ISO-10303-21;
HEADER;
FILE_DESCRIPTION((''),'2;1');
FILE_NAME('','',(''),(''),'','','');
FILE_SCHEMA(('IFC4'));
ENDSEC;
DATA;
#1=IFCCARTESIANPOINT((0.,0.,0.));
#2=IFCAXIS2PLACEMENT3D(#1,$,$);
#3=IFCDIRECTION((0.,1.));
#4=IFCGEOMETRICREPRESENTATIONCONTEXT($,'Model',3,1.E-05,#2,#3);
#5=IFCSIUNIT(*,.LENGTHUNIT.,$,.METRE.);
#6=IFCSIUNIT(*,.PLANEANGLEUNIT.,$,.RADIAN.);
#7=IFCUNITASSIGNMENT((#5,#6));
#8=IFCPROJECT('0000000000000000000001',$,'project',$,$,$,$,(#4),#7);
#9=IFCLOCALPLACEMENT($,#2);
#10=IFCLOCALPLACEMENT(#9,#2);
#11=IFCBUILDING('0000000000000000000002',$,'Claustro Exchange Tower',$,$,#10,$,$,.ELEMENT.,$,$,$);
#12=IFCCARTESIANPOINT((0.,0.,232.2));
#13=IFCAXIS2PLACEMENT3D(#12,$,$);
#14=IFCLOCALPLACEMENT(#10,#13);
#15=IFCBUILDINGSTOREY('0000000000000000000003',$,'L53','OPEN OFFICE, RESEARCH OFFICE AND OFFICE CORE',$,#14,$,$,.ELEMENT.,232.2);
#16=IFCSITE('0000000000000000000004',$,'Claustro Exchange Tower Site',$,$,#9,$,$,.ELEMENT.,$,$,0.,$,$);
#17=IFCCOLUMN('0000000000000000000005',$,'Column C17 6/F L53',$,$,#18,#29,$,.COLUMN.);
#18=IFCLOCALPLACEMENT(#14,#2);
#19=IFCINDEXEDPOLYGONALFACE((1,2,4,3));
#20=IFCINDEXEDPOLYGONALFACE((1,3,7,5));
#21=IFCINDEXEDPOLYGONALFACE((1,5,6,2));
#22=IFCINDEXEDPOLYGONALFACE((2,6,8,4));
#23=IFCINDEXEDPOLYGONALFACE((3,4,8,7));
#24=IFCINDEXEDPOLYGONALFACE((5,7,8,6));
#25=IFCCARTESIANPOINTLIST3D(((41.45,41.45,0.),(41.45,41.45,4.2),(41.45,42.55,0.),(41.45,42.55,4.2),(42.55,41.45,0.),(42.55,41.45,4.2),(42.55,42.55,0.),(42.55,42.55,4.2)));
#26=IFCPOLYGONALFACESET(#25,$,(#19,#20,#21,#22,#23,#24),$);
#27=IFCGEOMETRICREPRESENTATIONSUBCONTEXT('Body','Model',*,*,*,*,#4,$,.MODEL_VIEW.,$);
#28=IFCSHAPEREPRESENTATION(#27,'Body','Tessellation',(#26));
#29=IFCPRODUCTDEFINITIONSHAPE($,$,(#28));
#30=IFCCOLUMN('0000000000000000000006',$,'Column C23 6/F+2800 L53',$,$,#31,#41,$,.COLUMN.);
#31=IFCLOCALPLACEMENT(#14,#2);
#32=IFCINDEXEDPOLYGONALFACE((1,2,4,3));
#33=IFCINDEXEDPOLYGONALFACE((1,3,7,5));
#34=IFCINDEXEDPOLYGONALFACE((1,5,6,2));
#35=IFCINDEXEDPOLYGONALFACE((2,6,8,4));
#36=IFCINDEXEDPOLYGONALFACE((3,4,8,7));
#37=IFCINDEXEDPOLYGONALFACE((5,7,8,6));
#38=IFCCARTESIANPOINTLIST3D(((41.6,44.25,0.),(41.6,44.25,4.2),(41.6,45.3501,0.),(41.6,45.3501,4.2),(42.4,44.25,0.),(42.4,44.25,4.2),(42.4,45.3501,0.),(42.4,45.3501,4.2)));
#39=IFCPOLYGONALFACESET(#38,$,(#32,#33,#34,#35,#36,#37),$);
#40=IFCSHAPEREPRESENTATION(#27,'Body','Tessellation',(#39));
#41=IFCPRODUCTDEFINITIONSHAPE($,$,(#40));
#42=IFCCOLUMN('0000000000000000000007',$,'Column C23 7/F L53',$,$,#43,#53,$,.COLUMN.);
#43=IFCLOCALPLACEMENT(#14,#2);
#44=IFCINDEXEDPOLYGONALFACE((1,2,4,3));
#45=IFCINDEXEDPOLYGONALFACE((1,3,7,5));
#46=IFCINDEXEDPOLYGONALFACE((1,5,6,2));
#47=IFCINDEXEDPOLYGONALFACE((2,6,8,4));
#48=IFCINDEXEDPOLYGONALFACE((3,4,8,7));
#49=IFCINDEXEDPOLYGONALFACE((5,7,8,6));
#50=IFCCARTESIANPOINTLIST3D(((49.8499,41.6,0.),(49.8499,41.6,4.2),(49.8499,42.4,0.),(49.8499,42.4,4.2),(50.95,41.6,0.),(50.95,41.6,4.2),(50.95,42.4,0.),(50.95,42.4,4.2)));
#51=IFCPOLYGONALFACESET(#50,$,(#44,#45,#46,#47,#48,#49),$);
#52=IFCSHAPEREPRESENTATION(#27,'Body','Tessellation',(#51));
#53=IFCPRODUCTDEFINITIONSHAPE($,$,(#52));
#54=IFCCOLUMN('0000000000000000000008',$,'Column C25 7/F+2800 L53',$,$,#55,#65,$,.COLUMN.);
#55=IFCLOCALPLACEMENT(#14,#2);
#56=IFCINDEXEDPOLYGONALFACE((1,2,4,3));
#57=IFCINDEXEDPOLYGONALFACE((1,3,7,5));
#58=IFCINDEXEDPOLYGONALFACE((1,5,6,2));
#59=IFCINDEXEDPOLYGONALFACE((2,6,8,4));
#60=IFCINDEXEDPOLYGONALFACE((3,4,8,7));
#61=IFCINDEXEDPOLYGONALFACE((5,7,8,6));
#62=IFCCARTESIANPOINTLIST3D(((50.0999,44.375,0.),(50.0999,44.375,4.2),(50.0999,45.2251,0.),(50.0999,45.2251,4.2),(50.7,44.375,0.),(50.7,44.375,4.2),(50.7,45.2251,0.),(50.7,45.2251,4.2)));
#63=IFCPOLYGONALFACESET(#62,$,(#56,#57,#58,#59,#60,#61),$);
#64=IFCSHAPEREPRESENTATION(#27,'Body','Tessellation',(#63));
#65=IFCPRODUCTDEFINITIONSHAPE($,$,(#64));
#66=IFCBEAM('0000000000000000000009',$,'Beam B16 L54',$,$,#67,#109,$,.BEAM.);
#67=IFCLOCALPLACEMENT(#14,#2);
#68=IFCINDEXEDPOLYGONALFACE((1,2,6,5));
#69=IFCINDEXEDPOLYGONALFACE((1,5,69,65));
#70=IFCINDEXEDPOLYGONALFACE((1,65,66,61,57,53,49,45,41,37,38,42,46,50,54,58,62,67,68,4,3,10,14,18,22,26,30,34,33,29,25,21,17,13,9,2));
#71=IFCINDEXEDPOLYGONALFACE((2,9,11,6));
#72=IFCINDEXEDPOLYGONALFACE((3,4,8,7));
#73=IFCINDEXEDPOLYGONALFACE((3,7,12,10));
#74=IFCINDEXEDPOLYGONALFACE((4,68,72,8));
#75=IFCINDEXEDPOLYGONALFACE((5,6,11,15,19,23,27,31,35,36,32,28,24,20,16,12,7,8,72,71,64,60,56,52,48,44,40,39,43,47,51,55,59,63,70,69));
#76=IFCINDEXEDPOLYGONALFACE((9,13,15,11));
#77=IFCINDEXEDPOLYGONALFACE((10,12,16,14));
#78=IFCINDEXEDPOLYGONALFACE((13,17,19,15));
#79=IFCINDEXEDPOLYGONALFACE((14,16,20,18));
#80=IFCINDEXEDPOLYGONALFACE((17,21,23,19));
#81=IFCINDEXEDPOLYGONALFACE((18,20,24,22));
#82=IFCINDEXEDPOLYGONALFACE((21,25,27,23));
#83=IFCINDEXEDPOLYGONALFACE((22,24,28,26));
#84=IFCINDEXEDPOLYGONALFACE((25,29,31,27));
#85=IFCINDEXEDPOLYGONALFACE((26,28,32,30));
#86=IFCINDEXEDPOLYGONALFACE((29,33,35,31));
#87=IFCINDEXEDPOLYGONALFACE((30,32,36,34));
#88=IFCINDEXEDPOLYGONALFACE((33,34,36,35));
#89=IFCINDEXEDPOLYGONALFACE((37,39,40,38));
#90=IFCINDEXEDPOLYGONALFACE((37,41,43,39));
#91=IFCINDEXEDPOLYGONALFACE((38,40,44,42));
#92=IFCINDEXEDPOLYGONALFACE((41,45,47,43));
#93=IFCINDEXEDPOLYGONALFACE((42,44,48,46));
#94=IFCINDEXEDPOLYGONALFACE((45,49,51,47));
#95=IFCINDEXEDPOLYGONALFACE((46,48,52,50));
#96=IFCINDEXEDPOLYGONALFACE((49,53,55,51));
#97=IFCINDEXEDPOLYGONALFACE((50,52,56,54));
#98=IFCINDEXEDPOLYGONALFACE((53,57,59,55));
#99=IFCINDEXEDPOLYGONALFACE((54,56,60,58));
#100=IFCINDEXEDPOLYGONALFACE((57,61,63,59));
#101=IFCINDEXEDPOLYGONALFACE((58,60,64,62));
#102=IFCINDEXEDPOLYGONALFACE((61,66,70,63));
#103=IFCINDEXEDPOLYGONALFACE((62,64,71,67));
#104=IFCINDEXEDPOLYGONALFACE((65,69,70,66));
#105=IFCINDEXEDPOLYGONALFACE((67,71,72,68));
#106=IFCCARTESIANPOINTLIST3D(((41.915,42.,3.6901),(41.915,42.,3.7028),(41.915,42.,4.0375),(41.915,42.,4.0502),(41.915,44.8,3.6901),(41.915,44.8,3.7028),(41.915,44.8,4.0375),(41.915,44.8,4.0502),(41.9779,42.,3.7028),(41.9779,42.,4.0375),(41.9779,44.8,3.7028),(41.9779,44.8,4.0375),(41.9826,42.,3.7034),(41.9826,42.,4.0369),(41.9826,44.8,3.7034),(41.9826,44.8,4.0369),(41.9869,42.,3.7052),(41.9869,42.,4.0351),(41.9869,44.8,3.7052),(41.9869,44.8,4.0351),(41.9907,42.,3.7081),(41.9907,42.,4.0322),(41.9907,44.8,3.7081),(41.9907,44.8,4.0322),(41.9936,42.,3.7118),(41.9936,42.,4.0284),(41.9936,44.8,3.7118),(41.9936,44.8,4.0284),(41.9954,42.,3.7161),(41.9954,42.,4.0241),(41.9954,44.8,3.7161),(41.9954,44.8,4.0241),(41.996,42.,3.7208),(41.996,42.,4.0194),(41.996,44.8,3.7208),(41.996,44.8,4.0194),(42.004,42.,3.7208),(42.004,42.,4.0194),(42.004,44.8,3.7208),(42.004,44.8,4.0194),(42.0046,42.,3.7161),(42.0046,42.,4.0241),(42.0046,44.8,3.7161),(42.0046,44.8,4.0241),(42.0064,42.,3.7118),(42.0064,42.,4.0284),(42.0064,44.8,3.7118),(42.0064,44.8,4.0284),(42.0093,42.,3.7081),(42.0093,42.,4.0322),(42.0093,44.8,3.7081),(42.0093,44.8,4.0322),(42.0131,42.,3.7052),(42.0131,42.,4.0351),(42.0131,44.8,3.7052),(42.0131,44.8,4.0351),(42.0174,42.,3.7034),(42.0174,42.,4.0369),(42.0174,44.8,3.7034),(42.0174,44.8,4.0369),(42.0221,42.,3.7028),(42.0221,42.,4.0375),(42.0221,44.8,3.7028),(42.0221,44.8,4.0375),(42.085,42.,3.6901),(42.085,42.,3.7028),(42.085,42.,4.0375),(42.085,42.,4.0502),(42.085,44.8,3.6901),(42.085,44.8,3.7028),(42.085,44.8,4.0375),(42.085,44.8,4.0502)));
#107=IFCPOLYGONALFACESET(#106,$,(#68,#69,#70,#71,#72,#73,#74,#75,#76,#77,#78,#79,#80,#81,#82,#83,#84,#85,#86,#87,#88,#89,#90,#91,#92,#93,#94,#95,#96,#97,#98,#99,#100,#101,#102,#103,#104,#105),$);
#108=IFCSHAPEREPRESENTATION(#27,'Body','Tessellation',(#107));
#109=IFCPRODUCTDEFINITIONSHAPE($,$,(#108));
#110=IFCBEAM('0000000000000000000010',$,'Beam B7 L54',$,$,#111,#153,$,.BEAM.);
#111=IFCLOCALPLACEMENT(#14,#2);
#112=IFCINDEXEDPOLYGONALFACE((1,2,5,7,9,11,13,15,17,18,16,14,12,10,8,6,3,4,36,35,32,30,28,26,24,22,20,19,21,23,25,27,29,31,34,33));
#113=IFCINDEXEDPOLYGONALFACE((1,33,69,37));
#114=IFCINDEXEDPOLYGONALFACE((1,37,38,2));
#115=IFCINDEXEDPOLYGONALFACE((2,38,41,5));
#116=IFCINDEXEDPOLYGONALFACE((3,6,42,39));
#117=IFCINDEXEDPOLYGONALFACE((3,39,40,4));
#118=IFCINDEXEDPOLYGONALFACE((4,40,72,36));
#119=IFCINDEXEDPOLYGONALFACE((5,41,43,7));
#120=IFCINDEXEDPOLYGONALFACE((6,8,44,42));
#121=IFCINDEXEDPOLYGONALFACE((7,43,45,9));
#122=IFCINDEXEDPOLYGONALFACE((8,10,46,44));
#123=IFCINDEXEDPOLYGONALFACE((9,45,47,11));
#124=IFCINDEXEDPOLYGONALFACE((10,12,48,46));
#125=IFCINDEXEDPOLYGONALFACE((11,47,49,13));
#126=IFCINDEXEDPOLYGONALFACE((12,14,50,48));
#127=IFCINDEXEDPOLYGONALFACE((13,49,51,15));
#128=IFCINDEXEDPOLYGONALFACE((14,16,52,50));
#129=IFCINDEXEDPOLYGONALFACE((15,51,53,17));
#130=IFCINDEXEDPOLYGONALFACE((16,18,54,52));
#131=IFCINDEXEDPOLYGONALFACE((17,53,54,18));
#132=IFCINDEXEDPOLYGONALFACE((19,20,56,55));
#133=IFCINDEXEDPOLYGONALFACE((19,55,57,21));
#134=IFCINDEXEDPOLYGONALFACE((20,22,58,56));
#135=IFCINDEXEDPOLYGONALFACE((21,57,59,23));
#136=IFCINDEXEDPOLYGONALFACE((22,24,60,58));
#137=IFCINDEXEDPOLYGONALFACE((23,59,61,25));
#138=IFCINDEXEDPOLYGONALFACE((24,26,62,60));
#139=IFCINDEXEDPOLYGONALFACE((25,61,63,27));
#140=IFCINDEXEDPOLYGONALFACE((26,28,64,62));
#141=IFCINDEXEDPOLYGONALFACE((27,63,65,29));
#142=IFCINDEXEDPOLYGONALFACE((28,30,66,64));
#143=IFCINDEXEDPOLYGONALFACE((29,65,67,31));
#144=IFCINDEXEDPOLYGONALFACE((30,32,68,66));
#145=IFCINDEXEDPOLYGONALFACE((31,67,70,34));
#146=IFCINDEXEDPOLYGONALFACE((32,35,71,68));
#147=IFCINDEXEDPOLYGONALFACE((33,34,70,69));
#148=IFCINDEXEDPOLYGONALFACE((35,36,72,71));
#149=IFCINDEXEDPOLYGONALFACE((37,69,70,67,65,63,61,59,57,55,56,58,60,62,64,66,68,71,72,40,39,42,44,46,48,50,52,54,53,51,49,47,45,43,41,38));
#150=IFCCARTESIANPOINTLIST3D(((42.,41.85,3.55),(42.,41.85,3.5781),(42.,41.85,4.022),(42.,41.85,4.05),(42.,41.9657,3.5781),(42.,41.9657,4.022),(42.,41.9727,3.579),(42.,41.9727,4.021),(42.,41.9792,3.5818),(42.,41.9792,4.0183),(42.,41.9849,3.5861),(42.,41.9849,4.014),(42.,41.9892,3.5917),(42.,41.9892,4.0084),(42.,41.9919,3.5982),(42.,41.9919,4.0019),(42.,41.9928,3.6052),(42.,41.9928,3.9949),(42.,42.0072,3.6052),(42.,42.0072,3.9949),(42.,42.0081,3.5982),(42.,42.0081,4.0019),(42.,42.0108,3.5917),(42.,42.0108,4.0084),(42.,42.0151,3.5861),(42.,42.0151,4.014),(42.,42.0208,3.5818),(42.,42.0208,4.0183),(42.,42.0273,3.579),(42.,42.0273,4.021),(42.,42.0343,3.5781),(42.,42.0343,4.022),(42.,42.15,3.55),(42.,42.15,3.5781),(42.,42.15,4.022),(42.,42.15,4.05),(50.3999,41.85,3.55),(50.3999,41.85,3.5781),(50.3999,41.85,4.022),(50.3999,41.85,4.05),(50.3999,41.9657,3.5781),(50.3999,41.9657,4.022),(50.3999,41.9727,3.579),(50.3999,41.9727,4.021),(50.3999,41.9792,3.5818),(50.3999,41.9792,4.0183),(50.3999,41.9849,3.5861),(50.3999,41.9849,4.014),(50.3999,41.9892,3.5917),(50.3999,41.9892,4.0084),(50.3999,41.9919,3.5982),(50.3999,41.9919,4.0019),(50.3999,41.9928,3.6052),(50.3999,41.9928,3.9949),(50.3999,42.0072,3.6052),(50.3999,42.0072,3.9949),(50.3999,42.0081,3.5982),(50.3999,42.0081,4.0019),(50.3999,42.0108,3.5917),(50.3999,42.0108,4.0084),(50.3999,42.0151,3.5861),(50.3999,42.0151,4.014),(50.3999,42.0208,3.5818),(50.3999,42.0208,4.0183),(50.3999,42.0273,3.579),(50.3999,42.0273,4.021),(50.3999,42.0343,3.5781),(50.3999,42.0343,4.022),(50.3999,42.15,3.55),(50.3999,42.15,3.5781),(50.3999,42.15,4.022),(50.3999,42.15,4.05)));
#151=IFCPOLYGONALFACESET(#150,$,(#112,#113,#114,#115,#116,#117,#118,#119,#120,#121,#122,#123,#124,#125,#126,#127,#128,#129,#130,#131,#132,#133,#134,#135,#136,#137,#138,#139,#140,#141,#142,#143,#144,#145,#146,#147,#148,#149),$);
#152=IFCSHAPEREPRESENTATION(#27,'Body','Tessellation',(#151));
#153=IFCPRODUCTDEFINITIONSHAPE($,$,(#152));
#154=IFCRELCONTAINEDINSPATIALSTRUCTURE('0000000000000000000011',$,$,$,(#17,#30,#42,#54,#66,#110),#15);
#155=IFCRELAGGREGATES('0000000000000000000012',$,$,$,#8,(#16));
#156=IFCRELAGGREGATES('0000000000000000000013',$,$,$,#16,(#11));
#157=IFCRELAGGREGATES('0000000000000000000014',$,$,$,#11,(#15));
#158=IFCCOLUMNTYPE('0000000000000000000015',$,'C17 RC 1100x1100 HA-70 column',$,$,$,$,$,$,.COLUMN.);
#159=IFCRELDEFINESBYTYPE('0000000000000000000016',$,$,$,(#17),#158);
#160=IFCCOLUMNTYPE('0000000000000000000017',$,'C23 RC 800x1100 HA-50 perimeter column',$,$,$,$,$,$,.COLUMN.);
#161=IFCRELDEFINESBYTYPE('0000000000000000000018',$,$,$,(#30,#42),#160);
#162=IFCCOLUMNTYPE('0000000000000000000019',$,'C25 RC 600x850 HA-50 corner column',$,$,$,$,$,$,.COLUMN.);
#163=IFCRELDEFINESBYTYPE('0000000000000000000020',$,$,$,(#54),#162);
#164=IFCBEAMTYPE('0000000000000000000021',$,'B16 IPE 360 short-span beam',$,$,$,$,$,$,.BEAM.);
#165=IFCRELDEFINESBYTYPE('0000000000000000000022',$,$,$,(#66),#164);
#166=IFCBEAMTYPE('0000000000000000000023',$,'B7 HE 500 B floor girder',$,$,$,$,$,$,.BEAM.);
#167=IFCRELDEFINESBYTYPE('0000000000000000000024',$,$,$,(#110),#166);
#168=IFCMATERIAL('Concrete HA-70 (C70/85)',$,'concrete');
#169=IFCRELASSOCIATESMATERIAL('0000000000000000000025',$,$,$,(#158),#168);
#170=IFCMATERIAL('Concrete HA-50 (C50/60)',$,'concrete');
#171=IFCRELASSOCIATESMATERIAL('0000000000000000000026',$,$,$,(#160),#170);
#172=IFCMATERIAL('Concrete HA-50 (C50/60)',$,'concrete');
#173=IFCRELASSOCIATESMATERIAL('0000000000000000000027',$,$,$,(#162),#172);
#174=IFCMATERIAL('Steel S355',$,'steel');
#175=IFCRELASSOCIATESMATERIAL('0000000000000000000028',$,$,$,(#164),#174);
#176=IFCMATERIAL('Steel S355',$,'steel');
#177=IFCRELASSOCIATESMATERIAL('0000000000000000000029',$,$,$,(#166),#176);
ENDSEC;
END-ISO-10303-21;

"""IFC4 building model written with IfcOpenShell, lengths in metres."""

from ifc_helpers import new_model, si_unit, direction, frame, origin, origin_2d, place, context, subcontext, project, spatial, rectangle, i_section, extrude, material, material_profile, profile_set, type_object, element, save


model = new_model("IFC4")

# Units and contexts
model_context = context("Model", 3, precision=1e-05, world=origin(), true_north=direction((0.0, 1.0)))
body_context = subcontext(model_context, "Body", "Model", "MODEL_VIEW")
ifc_project = project(units=[si_unit("LENGTHUNIT", "METRE"), si_unit("PLANEANGLEUNIT", "RADIAN")], contexts=[model_context])

# Site, building, storey
site_placement = place(None, origin())
site = spatial("IfcSite", under=ifc_project, at=site_placement, Name="Claustro Exchange Tower Site", CompositionType="ELEMENT", RefElevation=0.0)
building_placement = place(site_placement, origin())
building = spatial("IfcBuilding", under=site, at=building_placement, Name="Claustro Exchange Tower", CompositionType="ELEMENT")
storey_placement = place(building_placement, frame((0.0, 0.0, 232.2)))
storey = spatial("IfcBuildingStorey", under=building, at=storey_placement, Name="L53", Description="OPEN OFFICE, RESEARCH OFFICE AND OFFICE CORE", CompositionType="ELEMENT", Elevation=232.2)

# Columns
ifc_material_1 = material(Name="Concrete HA-70 (C70/85)", Category="concrete")
ifc_material_profile_1 = material_profile(ifc_material_1, rectangle(XDim=1.1001, YDim=1.1001, at=origin_2d()), Name="RC 1100x1100")
ifc_profile_set_1 = profile_set([ifc_material_profile_1], Name="Concrete HA-70 (C70/85)")
column_type_1 = type_object("IfcColumnType", Name="C17 RC 1100x1100 HA-70 column", PredefinedType="COLUMN", material=ifc_profile_set_1)
column_1_placement = place(storey_placement, frame((42.0, 42.0, 0.0), z_axis=(0.0, 0.0, 1.0), x_axis=(1.0, 0.0, 0.0)))
element("IfcColumn", 1, at=column_1_placement, inside=storey, type_object=column_type_1, Name="Column C17 6/F L53", PredefinedType="COLUMN", context=body_context, shape_type="SweptSolid", body=[
    extrude(rectangle(XDim=1.1001, YDim=1.1001, at=origin_2d()), origin(), (0.0, 0.0, 1.0), 4.2),
])
ifc_material_2 = material(Name="Concrete HA-50 (C50/60)", Category="concrete")
ifc_material_profile_2 = material_profile(ifc_material_2, rectangle(XDim=0.8, YDim=1.1001, at=origin_2d()), Name="RC 800x1100")
ifc_profile_set_2 = profile_set([ifc_material_profile_2], Name="Concrete HA-50 (C50/60)")
column_type_2 = type_object("IfcColumnType", Name="C23 RC 800x1100 HA-50 perimeter column", PredefinedType="COLUMN", material=ifc_profile_set_2)
for number, where, z_axis, x_axis, name in (
    (2, (42.0, 44.8, 0.0), (0.0, 0.0, 1.0), (1.0, 0.0, 0.0), "Column C23 6/F+2800 L53"),
    (3, (50.3999, 42.0, 0.0), (0.0, 0.0, 1.0), (0.0, 1.0, 0.0), "Column C23 7/F L53"),
):
    element("IfcColumn", number, at=place(storey_placement, frame(where, z_axis=z_axis, x_axis=x_axis)), inside=storey, type_object=column_type_2, Name=name, PredefinedType="COLUMN", context=body_context, shape_type="SweptSolid", body=[
        extrude(rectangle(XDim=0.8, YDim=1.1001, at=origin_2d()), origin(), (0.0, 0.0, 1.0), 4.2),
    ])
ifc_material_3 = material(Name="Concrete HA-50 (C50/60)", Category="concrete")
ifc_material_profile_3 = material_profile(ifc_material_3, rectangle(XDim=0.6001, YDim=0.8501, at=origin_2d()), Name="RC 600x850")
ifc_profile_set_3 = profile_set([ifc_material_profile_3], Name="Concrete HA-50 (C50/60)")
column_type_3 = type_object("IfcColumnType", Name="C25 RC 600x850 HA-50 corner column", PredefinedType="COLUMN", material=ifc_profile_set_3)
column_2_placement = place(storey_placement, frame((50.3999, 44.8, 0.0), z_axis=(0.0, 0.0, 1.0), x_axis=(1.0, 0.0, 0.0)))
element("IfcColumn", 4, at=column_2_placement, inside=storey, type_object=column_type_3, Name="Column C25 7/F+2800 L53", PredefinedType="COLUMN", context=body_context, shape_type="SweptSolid", body=[
    extrude(rectangle(XDim=0.6001, YDim=0.8501, at=origin_2d()), origin(), (0.0, 0.0, 1.0), 4.2),
])

# Beams
ifc_material_4 = material(Name="Steel S355", Category="steel")
ifc_material_profile_4 = material_profile(ifc_material_4, i_section(OverallWidth=0.1699, OverallDepth=0.3601, WebThickness=0.0081, FlangeThickness=0.0127, FilletRadius=0.0181, at=origin_2d()), Name="IPE 360")
ifc_profile_set_4 = profile_set([ifc_material_profile_4], Name="Steel S355")
beam_type_1 = type_object("IfcBeamType", Name="B16 IPE 360 short-span beam", PredefinedType="BEAM", material=ifc_profile_set_4)
beam_1_placement = place(storey_placement, frame((42.0, 42.0, 3.8701), z_axis=(0.0, 1.0, 0.0), x_axis=(-1.0, 0.0, 0.0)))
element("IfcBeam", 5, at=beam_1_placement, inside=storey, type_object=beam_type_1, Name="Beam B16 L54", PredefinedType="BEAM", context=body_context, shape_type="SweptSolid", body=[
    extrude(i_section(OverallWidth=0.1699, OverallDepth=0.3601, WebThickness=0.0081, FlangeThickness=0.0127, FilletRadius=0.0181, at=origin_2d()), origin(), (0.0, 0.0, 1.0), 2.8),
])
ifc_material_5 = material(Name="Steel S355", Category="steel")
ifc_material_profile_5 = material_profile(ifc_material_5, i_section(OverallWidth=0.3, OverallDepth=0.5, WebThickness=0.0144, FlangeThickness=0.0281, FilletRadius=0.0271, at=origin_2d()), Name="HE 500 B")
ifc_profile_set_5 = profile_set([ifc_material_profile_5], Name="Steel S355")
beam_type_2 = type_object("IfcBeamType", Name="B7 HE 500 B floor girder", PredefinedType="BEAM", material=ifc_profile_set_5)
beam_2_placement = place(storey_placement, frame((42.0, 42.0, 3.8), z_axis=(1.0, 0.0, 0.0), x_axis=(0.0, 1.0, 0.0)))
element("IfcBeam", 6, at=beam_2_placement, inside=storey, type_object=beam_type_2, Name="Beam B7 L54", PredefinedType="BEAM", context=body_context, shape_type="SweptSolid", body=[
    extrude(i_section(OverallWidth=0.3, OverallDepth=0.5, WebThickness=0.0144, FlangeThickness=0.0281, FilletRadius=0.0271, at=origin_2d()), origin(), (0.0, 0.0, 1.0), 8.3999),
])

save(model, "model.ifc")
